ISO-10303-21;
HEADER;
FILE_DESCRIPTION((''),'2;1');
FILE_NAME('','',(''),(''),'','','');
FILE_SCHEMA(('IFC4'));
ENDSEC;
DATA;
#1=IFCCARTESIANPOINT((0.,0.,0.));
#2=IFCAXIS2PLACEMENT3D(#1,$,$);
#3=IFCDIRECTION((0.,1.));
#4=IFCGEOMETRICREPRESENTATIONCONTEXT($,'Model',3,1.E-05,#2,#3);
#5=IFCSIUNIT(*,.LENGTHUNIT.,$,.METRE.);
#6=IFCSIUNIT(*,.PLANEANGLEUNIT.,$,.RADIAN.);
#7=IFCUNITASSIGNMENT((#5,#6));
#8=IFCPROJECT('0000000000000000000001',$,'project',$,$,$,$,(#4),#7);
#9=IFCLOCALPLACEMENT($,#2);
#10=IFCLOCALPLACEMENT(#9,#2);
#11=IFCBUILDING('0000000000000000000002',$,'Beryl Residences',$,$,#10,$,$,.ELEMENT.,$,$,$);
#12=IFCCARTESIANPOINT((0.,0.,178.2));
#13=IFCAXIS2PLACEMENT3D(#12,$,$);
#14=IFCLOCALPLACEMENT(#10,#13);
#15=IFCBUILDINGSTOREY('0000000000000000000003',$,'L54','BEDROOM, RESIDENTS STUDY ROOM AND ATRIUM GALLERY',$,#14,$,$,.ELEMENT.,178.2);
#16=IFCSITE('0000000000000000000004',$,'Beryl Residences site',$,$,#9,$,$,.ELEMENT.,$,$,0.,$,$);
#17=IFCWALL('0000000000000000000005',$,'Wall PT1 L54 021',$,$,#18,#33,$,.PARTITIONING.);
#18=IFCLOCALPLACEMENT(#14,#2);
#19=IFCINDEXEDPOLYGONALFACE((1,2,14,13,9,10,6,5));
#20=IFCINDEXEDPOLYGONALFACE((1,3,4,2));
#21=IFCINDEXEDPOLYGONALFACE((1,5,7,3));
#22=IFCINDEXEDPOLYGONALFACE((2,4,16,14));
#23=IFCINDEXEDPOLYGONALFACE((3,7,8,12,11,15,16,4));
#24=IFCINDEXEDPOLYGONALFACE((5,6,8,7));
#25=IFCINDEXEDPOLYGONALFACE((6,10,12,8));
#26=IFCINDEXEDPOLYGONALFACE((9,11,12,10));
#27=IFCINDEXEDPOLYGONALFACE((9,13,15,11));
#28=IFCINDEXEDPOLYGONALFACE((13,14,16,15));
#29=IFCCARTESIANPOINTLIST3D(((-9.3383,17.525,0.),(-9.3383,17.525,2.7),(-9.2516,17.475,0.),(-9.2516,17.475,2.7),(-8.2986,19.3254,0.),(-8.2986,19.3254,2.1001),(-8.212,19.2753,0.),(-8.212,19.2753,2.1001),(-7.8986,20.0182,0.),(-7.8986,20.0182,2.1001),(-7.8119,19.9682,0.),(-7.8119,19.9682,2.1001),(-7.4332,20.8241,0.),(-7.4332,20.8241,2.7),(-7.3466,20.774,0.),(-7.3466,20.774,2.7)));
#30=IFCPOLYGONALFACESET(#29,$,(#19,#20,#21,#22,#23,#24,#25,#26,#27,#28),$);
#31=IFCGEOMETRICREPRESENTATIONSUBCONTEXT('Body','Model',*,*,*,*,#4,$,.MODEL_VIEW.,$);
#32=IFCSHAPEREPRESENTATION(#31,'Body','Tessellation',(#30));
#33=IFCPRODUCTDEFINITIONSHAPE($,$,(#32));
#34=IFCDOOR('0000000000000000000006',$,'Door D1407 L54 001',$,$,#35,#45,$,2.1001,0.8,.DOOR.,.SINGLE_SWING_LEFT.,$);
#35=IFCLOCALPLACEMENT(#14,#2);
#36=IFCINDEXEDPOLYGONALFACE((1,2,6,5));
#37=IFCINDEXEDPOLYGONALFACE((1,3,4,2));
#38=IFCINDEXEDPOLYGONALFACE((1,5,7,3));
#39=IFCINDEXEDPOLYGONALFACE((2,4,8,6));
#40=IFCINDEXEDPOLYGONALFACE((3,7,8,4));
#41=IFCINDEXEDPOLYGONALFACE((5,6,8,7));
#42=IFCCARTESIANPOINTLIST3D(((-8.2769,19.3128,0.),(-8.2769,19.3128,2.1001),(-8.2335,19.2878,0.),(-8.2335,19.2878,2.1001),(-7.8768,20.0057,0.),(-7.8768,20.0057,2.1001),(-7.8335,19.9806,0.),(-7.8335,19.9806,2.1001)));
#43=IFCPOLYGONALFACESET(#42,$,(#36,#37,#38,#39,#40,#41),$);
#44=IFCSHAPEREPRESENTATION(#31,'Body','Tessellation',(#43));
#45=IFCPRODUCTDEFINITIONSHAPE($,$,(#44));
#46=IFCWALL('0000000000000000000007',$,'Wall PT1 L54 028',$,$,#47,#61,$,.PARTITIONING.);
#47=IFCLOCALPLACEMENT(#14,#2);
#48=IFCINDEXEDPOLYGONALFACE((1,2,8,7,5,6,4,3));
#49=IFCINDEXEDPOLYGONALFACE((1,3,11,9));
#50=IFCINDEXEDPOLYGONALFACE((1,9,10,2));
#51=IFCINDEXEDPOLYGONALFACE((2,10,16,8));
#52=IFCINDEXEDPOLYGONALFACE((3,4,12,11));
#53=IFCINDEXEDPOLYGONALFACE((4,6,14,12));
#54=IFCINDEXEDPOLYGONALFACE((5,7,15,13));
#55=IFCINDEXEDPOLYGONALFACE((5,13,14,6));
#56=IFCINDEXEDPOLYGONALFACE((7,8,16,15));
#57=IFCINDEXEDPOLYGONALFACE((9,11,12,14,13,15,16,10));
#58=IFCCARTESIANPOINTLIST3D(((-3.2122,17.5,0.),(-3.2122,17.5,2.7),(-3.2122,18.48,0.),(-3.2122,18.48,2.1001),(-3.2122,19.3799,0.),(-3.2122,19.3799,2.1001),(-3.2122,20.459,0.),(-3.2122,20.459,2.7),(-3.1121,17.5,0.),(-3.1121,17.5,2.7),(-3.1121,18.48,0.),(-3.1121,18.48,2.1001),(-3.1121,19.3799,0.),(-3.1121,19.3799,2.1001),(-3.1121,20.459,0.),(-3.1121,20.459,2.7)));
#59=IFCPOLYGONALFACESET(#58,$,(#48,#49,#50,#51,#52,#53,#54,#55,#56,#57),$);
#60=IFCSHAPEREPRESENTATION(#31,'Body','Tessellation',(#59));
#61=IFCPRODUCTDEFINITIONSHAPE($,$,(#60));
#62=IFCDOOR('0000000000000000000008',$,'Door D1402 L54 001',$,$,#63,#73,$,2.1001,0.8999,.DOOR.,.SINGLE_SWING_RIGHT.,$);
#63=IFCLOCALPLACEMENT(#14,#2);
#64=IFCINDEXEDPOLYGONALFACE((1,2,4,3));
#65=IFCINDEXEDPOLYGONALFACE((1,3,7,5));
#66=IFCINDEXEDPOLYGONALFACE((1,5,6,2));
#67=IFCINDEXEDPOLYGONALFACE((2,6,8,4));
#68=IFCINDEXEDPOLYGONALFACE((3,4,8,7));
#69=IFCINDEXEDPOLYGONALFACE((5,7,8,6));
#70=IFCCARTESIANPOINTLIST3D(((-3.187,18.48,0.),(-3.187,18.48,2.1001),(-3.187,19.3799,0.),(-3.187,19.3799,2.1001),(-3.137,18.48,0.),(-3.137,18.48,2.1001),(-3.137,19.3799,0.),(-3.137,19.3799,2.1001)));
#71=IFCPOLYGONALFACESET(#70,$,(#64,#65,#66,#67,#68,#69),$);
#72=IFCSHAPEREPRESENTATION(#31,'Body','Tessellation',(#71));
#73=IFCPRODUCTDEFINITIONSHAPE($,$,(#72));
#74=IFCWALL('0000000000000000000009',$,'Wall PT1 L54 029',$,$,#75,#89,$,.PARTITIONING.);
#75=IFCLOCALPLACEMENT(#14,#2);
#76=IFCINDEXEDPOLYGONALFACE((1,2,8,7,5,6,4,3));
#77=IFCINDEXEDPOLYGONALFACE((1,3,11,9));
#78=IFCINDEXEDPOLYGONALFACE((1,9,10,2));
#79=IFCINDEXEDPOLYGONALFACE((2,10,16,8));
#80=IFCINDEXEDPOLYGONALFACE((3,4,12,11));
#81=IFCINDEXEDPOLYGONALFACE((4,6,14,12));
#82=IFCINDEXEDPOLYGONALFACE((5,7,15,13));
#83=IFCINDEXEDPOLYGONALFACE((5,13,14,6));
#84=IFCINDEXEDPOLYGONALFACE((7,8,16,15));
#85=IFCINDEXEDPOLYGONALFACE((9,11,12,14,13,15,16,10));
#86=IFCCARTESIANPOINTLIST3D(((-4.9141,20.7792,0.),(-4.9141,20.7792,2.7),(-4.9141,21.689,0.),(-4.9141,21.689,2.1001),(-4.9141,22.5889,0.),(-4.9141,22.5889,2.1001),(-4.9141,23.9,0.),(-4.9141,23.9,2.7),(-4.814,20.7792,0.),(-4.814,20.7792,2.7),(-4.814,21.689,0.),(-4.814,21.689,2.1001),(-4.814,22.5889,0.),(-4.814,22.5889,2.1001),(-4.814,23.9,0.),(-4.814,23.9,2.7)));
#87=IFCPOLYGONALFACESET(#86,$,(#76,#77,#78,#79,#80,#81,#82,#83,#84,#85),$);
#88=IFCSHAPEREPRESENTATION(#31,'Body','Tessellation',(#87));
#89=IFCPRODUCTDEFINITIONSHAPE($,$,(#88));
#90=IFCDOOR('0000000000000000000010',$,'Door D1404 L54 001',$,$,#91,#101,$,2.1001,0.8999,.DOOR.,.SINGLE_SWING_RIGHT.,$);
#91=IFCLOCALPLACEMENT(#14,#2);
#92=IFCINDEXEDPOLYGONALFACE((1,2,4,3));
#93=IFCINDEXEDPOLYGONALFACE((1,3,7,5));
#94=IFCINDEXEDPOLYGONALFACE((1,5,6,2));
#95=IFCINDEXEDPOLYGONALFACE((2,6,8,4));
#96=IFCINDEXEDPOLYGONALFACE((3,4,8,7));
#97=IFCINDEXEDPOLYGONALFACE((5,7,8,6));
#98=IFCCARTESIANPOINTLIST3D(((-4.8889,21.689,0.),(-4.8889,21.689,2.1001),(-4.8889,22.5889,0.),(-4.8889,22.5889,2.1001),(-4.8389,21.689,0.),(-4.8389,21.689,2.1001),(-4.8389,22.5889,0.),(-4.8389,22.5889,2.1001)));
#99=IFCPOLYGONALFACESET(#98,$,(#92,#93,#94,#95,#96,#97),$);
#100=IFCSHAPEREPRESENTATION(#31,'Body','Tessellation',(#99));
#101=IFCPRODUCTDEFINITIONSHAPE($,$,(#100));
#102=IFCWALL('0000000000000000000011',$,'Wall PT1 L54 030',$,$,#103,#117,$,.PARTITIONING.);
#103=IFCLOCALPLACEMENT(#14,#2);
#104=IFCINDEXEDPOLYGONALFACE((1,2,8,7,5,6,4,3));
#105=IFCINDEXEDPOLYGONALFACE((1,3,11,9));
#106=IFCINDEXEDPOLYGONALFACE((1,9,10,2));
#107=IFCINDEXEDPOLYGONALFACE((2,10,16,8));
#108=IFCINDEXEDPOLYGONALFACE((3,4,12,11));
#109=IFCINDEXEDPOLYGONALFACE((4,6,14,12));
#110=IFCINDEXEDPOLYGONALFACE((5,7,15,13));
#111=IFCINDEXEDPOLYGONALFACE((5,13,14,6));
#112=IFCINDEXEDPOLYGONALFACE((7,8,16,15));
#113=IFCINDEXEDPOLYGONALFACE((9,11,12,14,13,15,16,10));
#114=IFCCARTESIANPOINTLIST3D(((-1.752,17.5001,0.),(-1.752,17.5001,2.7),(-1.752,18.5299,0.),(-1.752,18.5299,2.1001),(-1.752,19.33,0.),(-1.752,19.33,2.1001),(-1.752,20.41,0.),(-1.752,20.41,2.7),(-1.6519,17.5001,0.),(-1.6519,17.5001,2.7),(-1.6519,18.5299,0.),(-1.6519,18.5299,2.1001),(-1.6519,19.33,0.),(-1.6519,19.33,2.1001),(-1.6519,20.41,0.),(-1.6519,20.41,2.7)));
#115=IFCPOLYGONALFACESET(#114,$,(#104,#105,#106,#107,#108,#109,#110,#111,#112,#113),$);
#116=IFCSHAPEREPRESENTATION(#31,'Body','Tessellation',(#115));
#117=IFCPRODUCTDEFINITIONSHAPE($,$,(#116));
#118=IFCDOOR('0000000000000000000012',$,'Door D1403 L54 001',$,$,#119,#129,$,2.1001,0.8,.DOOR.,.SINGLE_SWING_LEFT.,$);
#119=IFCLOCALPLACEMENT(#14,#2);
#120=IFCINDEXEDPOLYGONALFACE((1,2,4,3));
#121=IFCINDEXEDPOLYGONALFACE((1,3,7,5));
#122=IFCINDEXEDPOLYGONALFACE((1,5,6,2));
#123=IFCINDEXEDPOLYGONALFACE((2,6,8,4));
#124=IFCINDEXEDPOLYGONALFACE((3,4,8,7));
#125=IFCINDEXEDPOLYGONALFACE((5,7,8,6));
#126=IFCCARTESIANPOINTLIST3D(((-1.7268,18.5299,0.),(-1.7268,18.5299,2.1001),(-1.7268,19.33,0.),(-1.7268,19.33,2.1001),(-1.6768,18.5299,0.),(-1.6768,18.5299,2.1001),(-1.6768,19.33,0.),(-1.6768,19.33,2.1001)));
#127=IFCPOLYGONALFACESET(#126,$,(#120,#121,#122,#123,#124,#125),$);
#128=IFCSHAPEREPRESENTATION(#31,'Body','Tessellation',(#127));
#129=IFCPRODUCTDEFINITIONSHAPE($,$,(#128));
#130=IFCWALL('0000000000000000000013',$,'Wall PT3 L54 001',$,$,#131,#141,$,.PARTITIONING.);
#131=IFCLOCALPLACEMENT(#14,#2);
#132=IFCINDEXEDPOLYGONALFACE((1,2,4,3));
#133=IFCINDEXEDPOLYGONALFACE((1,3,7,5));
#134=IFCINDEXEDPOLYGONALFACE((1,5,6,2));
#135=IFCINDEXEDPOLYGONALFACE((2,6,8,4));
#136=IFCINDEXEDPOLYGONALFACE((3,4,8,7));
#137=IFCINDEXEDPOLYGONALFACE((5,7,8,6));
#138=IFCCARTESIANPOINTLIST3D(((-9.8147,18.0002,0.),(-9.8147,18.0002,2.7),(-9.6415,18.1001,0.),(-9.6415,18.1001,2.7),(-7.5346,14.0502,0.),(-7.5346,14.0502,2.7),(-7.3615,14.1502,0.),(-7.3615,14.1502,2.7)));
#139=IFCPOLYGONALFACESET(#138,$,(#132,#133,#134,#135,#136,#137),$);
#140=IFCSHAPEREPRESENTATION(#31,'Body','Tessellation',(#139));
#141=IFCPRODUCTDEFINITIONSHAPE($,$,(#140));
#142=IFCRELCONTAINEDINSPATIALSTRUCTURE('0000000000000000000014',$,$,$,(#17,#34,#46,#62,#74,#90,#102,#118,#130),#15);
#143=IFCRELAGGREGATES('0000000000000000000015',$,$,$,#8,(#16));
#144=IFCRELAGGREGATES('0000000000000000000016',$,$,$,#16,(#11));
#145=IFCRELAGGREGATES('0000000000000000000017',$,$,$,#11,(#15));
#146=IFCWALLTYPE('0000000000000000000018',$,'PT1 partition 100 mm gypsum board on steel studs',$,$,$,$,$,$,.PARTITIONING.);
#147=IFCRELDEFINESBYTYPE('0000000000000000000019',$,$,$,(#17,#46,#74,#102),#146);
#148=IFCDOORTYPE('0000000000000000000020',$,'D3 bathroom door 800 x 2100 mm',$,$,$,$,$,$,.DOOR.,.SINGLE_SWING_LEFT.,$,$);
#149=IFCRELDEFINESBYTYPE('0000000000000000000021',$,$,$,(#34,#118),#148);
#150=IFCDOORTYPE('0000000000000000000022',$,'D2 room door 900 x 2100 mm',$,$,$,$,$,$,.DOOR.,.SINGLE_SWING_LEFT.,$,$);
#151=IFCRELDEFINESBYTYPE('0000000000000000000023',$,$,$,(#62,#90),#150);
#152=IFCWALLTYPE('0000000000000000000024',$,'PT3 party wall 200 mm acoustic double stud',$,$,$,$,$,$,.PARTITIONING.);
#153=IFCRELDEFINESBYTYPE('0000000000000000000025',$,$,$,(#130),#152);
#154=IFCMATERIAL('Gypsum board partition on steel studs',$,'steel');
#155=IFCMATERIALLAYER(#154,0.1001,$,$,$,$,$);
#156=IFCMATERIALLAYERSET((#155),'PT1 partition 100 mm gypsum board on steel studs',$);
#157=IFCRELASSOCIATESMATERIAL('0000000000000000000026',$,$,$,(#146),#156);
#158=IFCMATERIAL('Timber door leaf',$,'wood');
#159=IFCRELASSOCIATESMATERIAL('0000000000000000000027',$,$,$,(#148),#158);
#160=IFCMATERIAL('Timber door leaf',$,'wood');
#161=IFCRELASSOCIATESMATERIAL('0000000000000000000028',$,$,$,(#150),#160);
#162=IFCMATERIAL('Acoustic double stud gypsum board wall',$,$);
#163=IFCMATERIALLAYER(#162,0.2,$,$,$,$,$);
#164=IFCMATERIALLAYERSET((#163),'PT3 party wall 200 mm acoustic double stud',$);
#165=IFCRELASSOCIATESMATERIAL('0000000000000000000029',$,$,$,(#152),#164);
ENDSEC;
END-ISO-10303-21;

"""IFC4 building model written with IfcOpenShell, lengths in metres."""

from ifc_helpers import new_model, si_unit, direction, frame, frame_2d, origin, place, context, subcontext, project, spatial, rectangle, extrude, material, layer, layer_set, type_object, element, fill, save


model = new_model("IFC4")

# Units and contexts
model_context = context("Model", 3, precision=1e-05, world=origin(), true_north=direction((0.0, 1.0)))
body_context = subcontext(model_context, "Body", "Model", "MODEL_VIEW")
ifc_project = project(units=[si_unit("LENGTHUNIT", "METRE"), si_unit("PLANEANGLEUNIT", "RADIAN")], contexts=[model_context])

# Site, building, storey
site_placement = place(None, origin())
site = spatial("IfcSite", under=ifc_project, at=site_placement, Name="Beryl Residences site", CompositionType="ELEMENT", RefElevation=0.0)
building_placement = place(site_placement, origin())
building = spatial("IfcBuilding", under=site, at=building_placement, Name="Beryl Residences", CompositionType="ELEMENT")
storey_placement = place(building_placement, frame((0.0, 0.0, 178.2)))
storey = spatial("IfcBuildingStorey", under=building, at=storey_placement, Name="L54", Description="BEDROOM, RESIDENTS STUDY ROOM AND ATRIUM GALLERY", CompositionType="ELEMENT", Elevation=178.2)

# Shared definitions
ifc_material_1 = material(Name="Gypsum board partition on steel studs", Category="steel")
ifc_layer_1 = layer(ifc_material_1, 0.1001)
ifc_layer_set_1 = layer_set([ifc_layer_1], Name="PT1 partition 100 mm gypsum board on steel studs")
wall_type_1 = type_object("IfcWallType", Name="PT1 partition 100 mm gypsum board on steel studs", PredefinedType="PARTITIONING", material=ifc_layer_set_1)

# Walls, openings, doors
wall_1_placement = place(storey_placement, frame((-9.2949, 17.5, 0.0), z_axis=(0.0, 0.0, 1.0), x_axis=(0.500061, 0.86599, 0.0)))
wall_1 = element("IfcWall", 1, at=wall_1_placement, inside=storey, type_object=wall_type_1, Name="Wall PT1 L54 021", PredefinedType="PARTITIONING", context=body_context, shape_type="SweptSolid", body=[
    extrude(rectangle(XDim=3.8096, YDim=0.1001, at=frame_2d((1.9048, 0.0))), origin(), (0.0, 0.0, 1.0), 2.7),
])
opening_1_placement = place(wall_1_placement, frame((2.0791, 0.0, 0.0)))
opening_1 = element("IfcOpeningElement", 2, at=opening_1_placement, cuts=wall_1, PredefinedType="OPENING", context=body_context, shape_type="SweptSolid", body=[
    extrude(rectangle(XDim=0.8, YDim=2.1001, at=frame_2d((0.3999, 1.05))), frame((0.0, 0.0601, 0.0), z_axis=(0.0, -1.0, 0.0), x_axis=(1.0, 0.0, 0.0)), (0.0, 0.0, 1.0), 0.1201),
])
ifc_material_2 = material(Name="Timber door leaf", Category="wood")
door_type_1 = type_object("IfcDoorType", Name="D3 bathroom door 800 x 2100 mm", OperationType="SINGLE_SWING_LEFT", PredefinedType="DOOR", material=ifc_material_2)
door_1_placement = place(opening_1_placement, origin())
door_1 = element("IfcDoor", 3, at=door_1_placement, inside=storey, type_object=door_type_1, Name="Door D1407 L54 001", OperationType="SINGLE_SWING_LEFT", OverallHeight=2.1001, OverallWidth=0.8, PredefinedType="DOOR", context=body_context, shape_type="SweptSolid", body=[
    extrude(rectangle(XDim=0.8, YDim=2.1001, at=frame_2d((0.3999, 1.05))), frame((0.0, 0.0249, 0.0), z_axis=(0.0, -1.0, 0.0), x_axis=(1.0, 0.0, 0.0)), (0.0, 0.0, 1.0), 0.05),
])
fill(opening_1, door_1)
wall_2_placement = place(storey_placement, frame((-3.1621, 17.5, 0.0), z_axis=(0.0, 0.0, 1.0), x_axis=(0.0, 1.0, 0.0)))
wall_2 = element("IfcWall", 4, at=wall_2_placement, inside=storey, type_object=wall_type_1, Name="Wall PT1 L54 028", PredefinedType="PARTITIONING", context=body_context, shape_type="SweptSolid", body=[
    extrude(rectangle(XDim=2.959, YDim=0.1001, at=frame_2d((1.4795, 0.0))), origin(), (0.0, 0.0, 1.0), 2.7),
])
opening_2_placement = place(wall_2_placement, frame((0.98, 0.0, 0.0)))
opening_2 = element("IfcOpeningElement", 5, at=opening_2_placement, cuts=wall_2, PredefinedType="OPENING", context=body_context, shape_type="SweptSolid", body=[
    extrude(rectangle(XDim=0.8999, YDim=2.1001, at=frame_2d((0.45, 1.05))), frame((0.0, 0.0601, 0.0), z_axis=(0.0, -1.0, 0.0), x_axis=(1.0, 0.0, 0.0)), (0.0, 0.0, 1.0), 0.1201),
])
ifc_material_3 = material(Name="Timber door leaf", Category="wood")
door_type_2 = type_object("IfcDoorType", Name="D2 room door 900 x 2100 mm", OperationType="SINGLE_SWING_LEFT", PredefinedType="DOOR", material=ifc_material_3)
door_2_placement = place(opening_2_placement, origin())
door_2 = element("IfcDoor", 6, at=door_2_placement, inside=storey, type_object=door_type_2, Name="Door D1402 L54 001", OperationType="SINGLE_SWING_RIGHT", OverallHeight=2.1001, OverallWidth=0.8999, PredefinedType="DOOR", context=body_context, shape_type="SweptSolid", body=[
    extrude(rectangle(XDim=0.8999, YDim=2.1001, at=frame_2d((0.45, 1.05))), frame((0.0, 0.0249, 0.0), z_axis=(0.0, -1.0, 0.0), x_axis=(1.0, 0.0, 0.0)), (0.0, 0.0, 1.0), 0.05),
])
fill(opening_2, door_2)
wall_3_placement = place(storey_placement, frame((-4.864, 20.7791, 0.0), z_axis=(0.0, 0.0, 1.0), x_axis=(0.0, 1.0, 0.0)))
wall_3 = element("IfcWall", 7, at=wall_3_placement, inside=storey, type_object=wall_type_1, Name="Wall PT1 L54 029", PredefinedType="PARTITIONING", context=body_context, shape_type="SweptSolid", body=[
    extrude(rectangle(XDim=3.1208, YDim=0.1001, at=frame_2d((1.5605, 0.0))), origin(), (0.0, 0.0, 1.0), 2.7),
])
opening_3_placement = place(wall_3_placement, frame((0.9099, 0.0, 0.0)))
opening_3 = element("IfcOpeningElement", 8, at=opening_3_placement, cuts=wall_3, PredefinedType="OPENING", context=body_context, shape_type="SweptSolid", body=[
    extrude(rectangle(XDim=0.8999, YDim=2.1001, at=frame_2d((0.45, 1.05))), frame((0.0, 0.0601, 0.0), z_axis=(0.0, -1.0, 0.0), x_axis=(1.0, 0.0, 0.0)), (0.0, 0.0, 1.0), 0.1201),
])
door_3_placement = place(opening_3_placement, origin())
door_3 = element("IfcDoor", 9, at=door_3_placement, inside=storey, type_object=door_type_2, Name="Door D1404 L54 001", OperationType="SINGLE_SWING_RIGHT", OverallHeight=2.1001, OverallWidth=0.8999, PredefinedType="DOOR", context=body_context, shape_type="SweptSolid", body=[
    extrude(rectangle(XDim=0.8999, YDim=2.1001, at=frame_2d((0.45, 1.05))), frame((0.0, 0.0249, 0.0), z_axis=(0.0, -1.0, 0.0), x_axis=(1.0, 0.0, 0.0)), (0.0, 0.0, 1.0), 0.05),
])
fill(opening_3, door_3)
wall_4_placement = place(storey_placement, frame((-1.7019, 17.5, 0.0), z_axis=(0.0, 0.0, 1.0), x_axis=(0.0, 1.0, 0.0)))
wall_4 = element("IfcWall", 10, at=wall_4_placement, inside=storey, type_object=wall_type_1, Name="Wall PT1 L54 030", PredefinedType="PARTITIONING", context=body_context, shape_type="SweptSolid", body=[
    extrude(rectangle(XDim=2.9099, YDim=0.1001, at=frame_2d((1.4551, 0.0))), origin(), (0.0, 0.0, 1.0), 2.7),
])
opening_4_placement = place(wall_4_placement, frame((1.03, 0.0, 0.0)))
opening_4 = element("IfcOpeningElement", 11, at=opening_4_placement, cuts=wall_4, PredefinedType="OPENING", context=body_context, shape_type="SweptSolid", body=[
    extrude(rectangle(XDim=0.8, YDim=2.1001, at=frame_2d((0.3999, 1.05))), frame((0.0, 0.0601, 0.0), z_axis=(0.0, -1.0, 0.0), x_axis=(1.0, 0.0, 0.0)), (0.0, 0.0, 1.0), 0.1201),
])
door_4_placement = place(opening_4_placement, origin())
door_4 = element("IfcDoor", 12, at=door_4_placement, inside=storey, type_object=door_type_1, Name="Door D1403 L54 001", OperationType="SINGLE_SWING_LEFT", OverallHeight=2.1001, OverallWidth=0.8, PredefinedType="DOOR", context=body_context, shape_type="SweptSolid", body=[
    extrude(rectangle(XDim=0.8, YDim=2.1001, at=frame_2d((0.3999, 1.05))), frame((0.0, 0.0249, 0.0), z_axis=(0.0, -1.0, 0.0), x_axis=(1.0, 0.0, 0.0)), (0.0, 0.0, 1.0), 0.05),
])
fill(opening_4, door_4)

# Wall
ifc_material_4 = material(Name="Acoustic double stud gypsum board wall")
ifc_layer_2 = layer(ifc_material_4, 0.2)
ifc_layer_set_2 = layer_set([ifc_layer_2], Name="PT3 party wall 200 mm acoustic double stud")
wall_type_2 = type_object("IfcWallType", Name="PT3 party wall 200 mm acoustic double stud", PredefinedType="PARTITIONING", material=ifc_layer_set_2)
wall_5_placement = place(storey_placement, frame((-9.728, 18.05, 0.0), z_axis=(0.0, 0.0, 1.0), x_axis=(0.499922, -0.866071, 0.0)))
element("IfcWall", 13, at=wall_5_placement, inside=storey, type_object=wall_type_2, Name="Wall PT3 L54 001", PredefinedType="PARTITIONING", context=body_context, shape_type="SweptSolid", body=[
    extrude(rectangle(XDim=4.5608, YDim=0.2, at=frame_2d((2.2803, 0.0))), origin(), (0.0, 0.0, 1.0), 2.7),
])

save(model, "model.ifc")
